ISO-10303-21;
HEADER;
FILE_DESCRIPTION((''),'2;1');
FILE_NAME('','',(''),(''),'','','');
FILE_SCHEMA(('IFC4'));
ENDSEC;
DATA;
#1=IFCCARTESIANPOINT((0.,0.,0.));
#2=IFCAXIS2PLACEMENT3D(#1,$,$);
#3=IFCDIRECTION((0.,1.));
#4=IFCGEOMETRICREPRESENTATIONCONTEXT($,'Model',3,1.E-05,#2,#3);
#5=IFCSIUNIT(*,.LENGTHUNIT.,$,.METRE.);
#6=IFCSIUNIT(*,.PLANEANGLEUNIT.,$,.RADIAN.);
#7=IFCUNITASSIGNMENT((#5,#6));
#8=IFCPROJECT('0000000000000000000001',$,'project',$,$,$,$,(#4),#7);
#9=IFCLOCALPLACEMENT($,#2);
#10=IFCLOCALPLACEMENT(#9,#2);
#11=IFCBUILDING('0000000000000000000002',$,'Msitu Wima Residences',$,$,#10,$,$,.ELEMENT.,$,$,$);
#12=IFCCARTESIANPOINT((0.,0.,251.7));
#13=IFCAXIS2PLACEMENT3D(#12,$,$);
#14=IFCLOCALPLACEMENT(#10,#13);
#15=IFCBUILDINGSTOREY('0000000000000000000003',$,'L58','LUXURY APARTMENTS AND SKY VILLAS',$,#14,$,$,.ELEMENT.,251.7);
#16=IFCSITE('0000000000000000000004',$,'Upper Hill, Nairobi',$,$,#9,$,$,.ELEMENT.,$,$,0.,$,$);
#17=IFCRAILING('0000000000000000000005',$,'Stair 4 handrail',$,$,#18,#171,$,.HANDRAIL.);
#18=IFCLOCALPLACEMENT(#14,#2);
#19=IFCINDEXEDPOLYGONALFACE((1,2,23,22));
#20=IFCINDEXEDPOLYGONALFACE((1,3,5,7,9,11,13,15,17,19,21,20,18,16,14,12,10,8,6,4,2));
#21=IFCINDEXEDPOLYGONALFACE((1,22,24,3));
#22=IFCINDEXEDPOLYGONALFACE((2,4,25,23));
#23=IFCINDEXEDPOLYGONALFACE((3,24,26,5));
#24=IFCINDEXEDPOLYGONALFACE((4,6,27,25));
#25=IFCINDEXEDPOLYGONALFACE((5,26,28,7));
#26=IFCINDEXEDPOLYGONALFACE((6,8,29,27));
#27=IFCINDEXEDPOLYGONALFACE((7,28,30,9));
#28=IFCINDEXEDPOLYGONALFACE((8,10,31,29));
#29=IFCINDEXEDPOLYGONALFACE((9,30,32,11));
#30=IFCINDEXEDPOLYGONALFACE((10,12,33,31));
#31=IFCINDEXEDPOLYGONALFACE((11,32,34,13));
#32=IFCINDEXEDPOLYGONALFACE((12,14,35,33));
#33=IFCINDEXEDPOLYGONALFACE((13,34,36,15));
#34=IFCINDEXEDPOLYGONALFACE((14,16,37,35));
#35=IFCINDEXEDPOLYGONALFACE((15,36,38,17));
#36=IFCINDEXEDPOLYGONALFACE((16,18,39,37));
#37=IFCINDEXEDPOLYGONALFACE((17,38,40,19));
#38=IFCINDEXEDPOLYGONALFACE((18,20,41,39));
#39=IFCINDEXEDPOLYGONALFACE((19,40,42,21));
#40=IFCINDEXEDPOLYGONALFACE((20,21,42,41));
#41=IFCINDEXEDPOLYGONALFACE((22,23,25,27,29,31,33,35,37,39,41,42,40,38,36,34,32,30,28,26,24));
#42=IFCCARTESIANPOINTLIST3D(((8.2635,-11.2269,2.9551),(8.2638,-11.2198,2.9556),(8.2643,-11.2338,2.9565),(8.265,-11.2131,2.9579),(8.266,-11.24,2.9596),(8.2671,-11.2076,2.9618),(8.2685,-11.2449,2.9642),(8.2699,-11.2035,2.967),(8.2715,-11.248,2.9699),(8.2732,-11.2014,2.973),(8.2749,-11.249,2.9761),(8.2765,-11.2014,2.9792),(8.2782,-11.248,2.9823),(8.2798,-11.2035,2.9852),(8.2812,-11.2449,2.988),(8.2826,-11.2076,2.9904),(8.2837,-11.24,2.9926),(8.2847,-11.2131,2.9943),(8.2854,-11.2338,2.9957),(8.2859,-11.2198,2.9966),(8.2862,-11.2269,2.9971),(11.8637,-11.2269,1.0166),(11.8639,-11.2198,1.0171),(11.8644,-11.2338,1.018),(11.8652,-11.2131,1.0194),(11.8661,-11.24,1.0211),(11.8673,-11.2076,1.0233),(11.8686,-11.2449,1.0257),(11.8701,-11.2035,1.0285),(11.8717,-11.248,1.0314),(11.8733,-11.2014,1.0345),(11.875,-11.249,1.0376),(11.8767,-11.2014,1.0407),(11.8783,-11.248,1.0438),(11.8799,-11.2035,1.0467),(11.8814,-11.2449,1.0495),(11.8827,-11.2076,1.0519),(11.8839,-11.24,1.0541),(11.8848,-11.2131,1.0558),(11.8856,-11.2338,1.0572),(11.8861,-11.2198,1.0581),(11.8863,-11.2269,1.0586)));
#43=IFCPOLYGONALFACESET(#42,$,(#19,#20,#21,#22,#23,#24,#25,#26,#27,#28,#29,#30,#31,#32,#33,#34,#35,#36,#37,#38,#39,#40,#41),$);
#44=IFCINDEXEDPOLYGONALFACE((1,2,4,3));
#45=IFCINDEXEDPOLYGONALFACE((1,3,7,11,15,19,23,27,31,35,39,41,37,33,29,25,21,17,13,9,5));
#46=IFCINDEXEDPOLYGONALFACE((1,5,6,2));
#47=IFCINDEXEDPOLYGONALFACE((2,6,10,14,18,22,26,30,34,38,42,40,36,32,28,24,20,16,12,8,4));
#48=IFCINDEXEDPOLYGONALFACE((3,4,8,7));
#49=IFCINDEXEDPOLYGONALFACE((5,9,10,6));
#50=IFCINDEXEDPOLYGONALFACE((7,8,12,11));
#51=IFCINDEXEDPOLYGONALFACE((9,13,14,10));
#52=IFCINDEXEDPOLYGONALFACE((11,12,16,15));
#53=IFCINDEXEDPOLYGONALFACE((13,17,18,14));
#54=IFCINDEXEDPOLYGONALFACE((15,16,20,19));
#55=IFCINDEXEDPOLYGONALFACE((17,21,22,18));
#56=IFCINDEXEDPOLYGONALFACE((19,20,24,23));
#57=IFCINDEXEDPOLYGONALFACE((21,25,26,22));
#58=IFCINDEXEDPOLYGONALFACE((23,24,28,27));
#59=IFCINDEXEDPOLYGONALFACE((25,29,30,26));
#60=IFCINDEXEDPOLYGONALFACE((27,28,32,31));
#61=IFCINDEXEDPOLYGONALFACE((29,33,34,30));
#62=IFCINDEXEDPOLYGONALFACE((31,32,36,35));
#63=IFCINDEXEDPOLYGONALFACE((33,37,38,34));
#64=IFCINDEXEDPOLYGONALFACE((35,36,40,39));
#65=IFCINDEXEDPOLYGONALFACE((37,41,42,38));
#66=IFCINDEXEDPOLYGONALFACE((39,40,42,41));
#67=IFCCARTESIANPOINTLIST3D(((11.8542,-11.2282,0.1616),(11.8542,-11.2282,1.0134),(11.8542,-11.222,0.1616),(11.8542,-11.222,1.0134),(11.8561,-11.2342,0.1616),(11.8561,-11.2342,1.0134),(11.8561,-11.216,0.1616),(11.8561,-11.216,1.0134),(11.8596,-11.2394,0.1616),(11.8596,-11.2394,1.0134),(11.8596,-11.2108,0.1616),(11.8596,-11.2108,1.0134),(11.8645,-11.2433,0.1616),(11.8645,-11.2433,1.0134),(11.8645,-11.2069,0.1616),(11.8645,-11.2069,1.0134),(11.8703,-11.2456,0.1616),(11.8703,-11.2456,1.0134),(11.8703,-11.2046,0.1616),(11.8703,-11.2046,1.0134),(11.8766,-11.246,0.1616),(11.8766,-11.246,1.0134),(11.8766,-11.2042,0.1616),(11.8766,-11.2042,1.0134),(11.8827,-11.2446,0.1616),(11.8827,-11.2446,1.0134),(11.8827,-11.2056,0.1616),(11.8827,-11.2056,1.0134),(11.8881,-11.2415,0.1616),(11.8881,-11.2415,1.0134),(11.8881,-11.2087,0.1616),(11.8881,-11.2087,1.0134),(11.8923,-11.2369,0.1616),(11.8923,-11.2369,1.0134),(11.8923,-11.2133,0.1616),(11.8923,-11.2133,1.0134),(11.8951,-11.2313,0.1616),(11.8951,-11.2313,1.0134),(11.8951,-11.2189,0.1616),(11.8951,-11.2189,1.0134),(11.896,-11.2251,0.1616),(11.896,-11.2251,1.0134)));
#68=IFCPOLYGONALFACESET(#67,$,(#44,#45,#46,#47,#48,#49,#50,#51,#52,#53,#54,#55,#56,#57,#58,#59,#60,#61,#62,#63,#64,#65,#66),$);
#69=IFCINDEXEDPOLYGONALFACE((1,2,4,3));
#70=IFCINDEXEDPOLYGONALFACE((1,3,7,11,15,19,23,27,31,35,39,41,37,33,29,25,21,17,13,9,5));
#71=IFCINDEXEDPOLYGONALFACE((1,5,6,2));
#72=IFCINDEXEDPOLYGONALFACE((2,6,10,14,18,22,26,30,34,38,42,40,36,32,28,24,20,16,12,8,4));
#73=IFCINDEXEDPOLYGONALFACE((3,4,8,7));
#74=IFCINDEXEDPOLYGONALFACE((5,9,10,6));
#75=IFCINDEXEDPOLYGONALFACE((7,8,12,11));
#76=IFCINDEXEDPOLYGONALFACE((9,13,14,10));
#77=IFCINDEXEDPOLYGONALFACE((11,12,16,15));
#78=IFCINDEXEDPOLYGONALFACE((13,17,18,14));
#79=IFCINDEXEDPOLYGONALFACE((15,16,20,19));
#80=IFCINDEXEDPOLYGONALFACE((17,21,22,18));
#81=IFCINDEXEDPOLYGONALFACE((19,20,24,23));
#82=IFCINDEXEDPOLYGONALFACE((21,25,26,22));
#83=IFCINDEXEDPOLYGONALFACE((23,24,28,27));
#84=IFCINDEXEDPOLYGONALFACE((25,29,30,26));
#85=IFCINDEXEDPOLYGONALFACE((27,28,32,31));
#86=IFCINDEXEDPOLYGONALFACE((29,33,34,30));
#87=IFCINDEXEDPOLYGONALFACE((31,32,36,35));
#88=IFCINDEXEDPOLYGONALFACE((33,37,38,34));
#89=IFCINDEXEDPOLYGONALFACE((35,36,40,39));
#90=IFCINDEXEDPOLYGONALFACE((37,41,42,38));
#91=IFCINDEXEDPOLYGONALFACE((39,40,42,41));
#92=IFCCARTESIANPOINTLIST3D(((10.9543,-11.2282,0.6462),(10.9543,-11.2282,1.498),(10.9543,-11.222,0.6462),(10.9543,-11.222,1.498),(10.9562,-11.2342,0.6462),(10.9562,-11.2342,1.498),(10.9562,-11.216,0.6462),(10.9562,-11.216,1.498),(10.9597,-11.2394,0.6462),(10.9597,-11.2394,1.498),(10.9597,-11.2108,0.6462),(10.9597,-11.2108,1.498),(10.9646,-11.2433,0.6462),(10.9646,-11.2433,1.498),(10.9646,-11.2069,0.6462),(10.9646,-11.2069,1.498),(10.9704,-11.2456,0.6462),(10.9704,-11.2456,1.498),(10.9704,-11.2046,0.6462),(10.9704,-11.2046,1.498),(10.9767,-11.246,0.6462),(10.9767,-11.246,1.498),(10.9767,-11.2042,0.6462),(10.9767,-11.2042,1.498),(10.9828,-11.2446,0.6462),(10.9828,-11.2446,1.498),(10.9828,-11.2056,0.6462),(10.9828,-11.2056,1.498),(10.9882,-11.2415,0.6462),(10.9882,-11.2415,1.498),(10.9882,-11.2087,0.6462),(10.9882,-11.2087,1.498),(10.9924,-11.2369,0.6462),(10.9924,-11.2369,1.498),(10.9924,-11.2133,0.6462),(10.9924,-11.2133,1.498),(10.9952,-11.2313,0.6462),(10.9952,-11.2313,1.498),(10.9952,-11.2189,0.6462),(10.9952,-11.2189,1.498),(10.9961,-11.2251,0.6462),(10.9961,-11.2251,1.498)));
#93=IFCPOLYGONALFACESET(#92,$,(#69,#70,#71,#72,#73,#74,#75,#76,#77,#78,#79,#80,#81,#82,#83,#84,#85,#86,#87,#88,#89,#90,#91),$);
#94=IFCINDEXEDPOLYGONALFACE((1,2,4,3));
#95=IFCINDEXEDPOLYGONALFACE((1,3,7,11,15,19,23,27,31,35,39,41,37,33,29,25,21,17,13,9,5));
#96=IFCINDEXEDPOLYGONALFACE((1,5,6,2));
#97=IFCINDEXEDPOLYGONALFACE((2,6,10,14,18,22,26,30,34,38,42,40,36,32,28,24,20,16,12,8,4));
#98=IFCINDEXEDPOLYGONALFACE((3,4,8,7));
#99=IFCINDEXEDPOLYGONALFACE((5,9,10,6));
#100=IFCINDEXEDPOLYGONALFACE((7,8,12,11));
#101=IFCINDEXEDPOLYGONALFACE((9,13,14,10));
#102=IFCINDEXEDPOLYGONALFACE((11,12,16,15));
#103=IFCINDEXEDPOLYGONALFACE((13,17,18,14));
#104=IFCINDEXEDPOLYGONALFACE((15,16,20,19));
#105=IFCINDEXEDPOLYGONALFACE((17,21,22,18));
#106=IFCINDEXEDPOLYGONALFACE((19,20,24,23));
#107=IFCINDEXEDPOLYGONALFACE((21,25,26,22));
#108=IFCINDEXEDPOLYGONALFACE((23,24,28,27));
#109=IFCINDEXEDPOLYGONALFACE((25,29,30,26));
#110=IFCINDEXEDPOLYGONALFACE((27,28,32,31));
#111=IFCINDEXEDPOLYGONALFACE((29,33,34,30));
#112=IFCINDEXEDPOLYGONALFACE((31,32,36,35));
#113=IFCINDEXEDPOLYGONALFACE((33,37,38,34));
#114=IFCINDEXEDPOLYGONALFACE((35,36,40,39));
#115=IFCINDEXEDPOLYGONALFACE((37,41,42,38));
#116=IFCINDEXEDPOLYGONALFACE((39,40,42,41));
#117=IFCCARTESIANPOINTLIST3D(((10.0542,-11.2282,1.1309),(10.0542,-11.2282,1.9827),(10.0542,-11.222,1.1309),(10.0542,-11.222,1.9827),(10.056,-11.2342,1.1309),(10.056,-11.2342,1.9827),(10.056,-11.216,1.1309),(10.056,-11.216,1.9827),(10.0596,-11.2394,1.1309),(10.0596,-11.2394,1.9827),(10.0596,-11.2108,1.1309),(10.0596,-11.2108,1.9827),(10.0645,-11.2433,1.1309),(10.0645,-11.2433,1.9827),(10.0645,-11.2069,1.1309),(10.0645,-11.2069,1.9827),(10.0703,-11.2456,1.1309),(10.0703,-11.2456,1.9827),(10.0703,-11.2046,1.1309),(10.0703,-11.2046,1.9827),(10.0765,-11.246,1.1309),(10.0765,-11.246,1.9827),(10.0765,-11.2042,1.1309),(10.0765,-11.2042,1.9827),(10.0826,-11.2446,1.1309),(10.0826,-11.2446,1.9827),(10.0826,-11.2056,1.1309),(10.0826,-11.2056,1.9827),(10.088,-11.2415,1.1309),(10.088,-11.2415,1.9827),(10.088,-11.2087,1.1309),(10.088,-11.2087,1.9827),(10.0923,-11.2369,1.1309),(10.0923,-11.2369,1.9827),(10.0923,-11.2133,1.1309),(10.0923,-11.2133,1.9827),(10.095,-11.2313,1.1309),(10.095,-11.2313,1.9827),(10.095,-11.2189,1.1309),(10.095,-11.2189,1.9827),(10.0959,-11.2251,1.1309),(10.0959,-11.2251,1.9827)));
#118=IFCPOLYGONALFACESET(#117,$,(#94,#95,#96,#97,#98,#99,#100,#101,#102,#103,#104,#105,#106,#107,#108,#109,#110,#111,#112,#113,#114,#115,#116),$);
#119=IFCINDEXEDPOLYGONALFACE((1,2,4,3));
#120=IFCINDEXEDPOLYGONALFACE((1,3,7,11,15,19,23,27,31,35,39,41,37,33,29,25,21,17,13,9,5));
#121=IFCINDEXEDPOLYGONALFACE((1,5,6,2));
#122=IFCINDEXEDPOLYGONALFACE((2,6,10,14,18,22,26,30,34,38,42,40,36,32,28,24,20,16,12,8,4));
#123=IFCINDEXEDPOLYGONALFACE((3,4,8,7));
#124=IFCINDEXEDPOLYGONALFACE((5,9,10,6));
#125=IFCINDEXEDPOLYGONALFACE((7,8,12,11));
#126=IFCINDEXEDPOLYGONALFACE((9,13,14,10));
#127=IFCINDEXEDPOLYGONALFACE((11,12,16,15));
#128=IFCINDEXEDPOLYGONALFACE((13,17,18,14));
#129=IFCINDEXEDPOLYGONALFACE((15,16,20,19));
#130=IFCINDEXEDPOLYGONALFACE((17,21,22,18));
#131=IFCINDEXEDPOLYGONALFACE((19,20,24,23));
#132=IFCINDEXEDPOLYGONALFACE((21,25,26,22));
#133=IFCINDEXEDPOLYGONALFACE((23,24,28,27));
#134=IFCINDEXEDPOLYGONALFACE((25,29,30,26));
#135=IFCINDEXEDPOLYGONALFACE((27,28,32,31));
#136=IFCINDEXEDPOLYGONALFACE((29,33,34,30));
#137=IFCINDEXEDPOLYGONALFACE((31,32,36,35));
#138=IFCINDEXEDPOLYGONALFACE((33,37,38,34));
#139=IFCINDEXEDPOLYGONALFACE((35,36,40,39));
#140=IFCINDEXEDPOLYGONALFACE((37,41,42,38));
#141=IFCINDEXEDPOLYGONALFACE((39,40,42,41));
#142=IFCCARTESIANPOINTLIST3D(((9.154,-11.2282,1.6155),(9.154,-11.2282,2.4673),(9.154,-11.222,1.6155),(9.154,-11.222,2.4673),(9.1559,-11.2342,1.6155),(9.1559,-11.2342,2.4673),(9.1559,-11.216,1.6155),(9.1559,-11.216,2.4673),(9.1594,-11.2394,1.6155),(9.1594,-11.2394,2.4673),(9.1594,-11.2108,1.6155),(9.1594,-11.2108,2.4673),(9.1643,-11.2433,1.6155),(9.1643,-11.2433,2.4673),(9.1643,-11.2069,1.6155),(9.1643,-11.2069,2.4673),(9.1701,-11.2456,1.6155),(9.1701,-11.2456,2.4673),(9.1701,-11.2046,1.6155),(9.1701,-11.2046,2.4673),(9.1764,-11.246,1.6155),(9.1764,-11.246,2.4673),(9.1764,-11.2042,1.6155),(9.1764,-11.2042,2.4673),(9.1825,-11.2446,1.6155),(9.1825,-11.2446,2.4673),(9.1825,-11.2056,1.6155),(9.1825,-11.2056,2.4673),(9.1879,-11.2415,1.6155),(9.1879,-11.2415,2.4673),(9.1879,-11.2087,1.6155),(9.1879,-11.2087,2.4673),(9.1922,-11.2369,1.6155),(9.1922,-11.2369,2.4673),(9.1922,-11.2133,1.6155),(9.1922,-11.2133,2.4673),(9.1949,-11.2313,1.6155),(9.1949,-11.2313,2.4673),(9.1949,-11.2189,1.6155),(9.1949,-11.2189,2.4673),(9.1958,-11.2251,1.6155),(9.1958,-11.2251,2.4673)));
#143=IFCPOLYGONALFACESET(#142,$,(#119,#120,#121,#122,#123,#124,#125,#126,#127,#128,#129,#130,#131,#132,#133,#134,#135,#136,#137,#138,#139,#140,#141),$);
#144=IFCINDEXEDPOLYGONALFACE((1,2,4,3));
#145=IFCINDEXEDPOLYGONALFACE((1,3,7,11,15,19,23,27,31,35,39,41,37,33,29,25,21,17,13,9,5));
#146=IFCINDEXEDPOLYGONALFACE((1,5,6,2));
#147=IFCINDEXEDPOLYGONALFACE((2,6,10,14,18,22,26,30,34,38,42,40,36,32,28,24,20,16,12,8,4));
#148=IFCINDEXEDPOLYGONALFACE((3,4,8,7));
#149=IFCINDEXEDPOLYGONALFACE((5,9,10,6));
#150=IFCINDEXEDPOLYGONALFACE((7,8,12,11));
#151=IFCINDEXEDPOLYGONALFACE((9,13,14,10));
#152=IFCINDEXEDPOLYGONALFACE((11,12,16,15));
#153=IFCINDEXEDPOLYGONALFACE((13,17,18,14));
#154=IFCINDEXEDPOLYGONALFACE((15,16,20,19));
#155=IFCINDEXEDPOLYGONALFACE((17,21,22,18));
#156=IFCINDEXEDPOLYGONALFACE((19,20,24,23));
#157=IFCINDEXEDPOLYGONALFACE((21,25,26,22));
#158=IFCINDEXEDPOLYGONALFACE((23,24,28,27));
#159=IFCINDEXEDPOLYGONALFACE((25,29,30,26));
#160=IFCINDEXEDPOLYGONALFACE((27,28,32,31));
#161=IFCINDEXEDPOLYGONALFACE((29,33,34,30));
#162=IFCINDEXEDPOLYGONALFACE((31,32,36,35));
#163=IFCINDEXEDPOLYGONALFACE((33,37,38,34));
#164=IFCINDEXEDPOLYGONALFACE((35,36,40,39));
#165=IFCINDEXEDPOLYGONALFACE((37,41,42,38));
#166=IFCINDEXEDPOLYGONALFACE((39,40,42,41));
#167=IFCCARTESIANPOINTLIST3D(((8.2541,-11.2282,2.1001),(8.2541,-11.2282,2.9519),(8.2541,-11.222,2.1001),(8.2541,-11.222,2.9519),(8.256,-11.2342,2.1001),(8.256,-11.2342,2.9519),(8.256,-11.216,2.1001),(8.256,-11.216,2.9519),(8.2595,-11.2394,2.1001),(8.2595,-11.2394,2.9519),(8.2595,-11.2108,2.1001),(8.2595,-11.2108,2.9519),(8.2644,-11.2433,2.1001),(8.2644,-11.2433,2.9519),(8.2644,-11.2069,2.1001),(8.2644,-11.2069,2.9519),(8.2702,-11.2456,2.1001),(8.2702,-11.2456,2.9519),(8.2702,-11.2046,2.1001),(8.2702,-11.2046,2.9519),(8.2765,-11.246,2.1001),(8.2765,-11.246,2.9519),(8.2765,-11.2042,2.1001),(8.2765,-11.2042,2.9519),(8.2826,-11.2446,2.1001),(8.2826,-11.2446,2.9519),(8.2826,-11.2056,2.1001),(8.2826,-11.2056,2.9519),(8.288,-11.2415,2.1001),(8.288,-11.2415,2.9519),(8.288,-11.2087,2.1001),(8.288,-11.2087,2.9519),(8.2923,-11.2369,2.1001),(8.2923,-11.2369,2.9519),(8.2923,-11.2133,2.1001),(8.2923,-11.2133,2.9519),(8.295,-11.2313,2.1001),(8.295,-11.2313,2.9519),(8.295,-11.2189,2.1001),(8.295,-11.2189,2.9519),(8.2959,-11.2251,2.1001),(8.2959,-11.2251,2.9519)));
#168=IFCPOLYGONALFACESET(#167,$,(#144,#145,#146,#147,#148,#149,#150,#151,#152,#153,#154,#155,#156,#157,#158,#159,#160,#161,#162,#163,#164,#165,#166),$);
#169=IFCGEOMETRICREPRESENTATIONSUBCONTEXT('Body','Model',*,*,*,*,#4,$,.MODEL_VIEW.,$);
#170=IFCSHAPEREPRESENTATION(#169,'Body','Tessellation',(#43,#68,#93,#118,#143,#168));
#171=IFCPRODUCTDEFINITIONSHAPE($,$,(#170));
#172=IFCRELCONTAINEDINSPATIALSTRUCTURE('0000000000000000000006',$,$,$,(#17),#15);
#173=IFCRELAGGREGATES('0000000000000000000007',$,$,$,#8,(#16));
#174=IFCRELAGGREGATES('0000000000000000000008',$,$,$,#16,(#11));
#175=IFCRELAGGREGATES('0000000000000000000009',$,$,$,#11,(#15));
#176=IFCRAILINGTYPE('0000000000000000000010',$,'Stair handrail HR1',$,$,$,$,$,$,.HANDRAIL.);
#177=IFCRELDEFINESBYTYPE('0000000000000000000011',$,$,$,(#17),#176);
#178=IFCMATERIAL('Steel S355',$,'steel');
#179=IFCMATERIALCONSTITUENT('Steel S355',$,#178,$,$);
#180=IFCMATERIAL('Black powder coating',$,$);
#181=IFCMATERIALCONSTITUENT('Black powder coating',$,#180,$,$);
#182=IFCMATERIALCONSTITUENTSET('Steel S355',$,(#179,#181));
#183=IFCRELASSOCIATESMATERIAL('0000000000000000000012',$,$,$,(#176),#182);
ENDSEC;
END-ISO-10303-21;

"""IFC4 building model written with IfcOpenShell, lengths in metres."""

from ifc_helpers import new_model, si_unit, direction, frame, origin, origin_2d, place, context, subcontext, project, spatial, circle, extrude, material, constituent, constituent_set, type_object, element, save


model = new_model("IFC4")

# Units and contexts
model_context = context("Model", 3, precision=1e-05, world=origin(), true_north=direction((0.0, 1.0)))
body_context = subcontext(model_context, "Body", "Model", "MODEL_VIEW")
ifc_project = project(units=[si_unit("LENGTHUNIT", "METRE"), si_unit("PLANEANGLEUNIT", "RADIAN")], contexts=[model_context])

# Site, building, storey
site_placement = place(None, origin())
site = spatial("IfcSite", under=ifc_project, at=site_placement, Name="Upper Hill, Nairobi", CompositionType="ELEMENT", RefElevation=0.0)
building_placement = place(site_placement, origin())
building = spatial("IfcBuilding", under=site, at=building_placement, Name="Msitu Wima Residences", CompositionType="ELEMENT")
storey_placement = place(building_placement, frame((0.0, 0.0, 251.7)))
storey = spatial("IfcBuildingStorey", under=building, at=storey_placement, Name="L58", Description="LUXURY APARTMENTS AND SKY VILLAS", CompositionType="ELEMENT", Elevation=251.7)

# Railing
ifc_material_1 = material(Name="Steel S355", Category="steel")
ifc_constituent_1 = constituent(ifc_material_1, Name="Steel S355")
ifc_material_2 = material(Name="Black powder coating")
ifc_constituent_2 = constituent(ifc_material_2, Name="Black powder coating")
ifc_constituent_set = constituent_set(constituents=[ifc_constituent_1, ifc_constituent_2], Name="Steel S355")
railing_type = type_object("IfcRailingType", Name="Stair handrail HR1", PredefinedType="HANDRAIL", material=ifc_constituent_set)
for number, where, name in (
    (1, (11.875, -11.2251, 0.1616), "Stair 4 handrail"),
):
    element("IfcRailing", number, at=place(storey_placement, frame(where)), inside=storey, type_object=railing_type, Name=name, PredefinedType="HANDRAIL", context=body_context, shape_type="SweptSolid", body=[
        extrude(circle(Radius=0.0239, at=origin_2d()), frame((0.0, 0.0, 0.876), z_axis=(-0.880475, 0.0, 0.474093), x_axis=(0.0, -1.0, 0.0)), (0.0, 0.0, 1.0), 4.0889),
        extrude(circle(Radius=0.021, at=origin_2d()), origin(), (0.0, 0.0, 1.0), 0.8518),
        extrude(circle(Radius=0.021, at=origin_2d()), frame((-0.8999, 0.0, 0.4846)), (0.0, 0.0, 1.0), 0.8518),
        extrude(circle(Radius=0.021, at=origin_2d()), frame((-1.8, 0.0, 0.9692)), (0.0, 0.0, 1.0), 0.8518),
        extrude(circle(Radius=0.021, at=origin_2d()), frame((-2.7002, 0.0, 1.4539)), (0.0, 0.0, 1.0), 0.8518),
        extrude(circle(Radius=0.021, at=origin_2d()), frame((-3.6001, 0.0, 1.9385)), (0.0, 0.0, 1.0), 0.8518),
    ])

save(model, "model.ifc")
